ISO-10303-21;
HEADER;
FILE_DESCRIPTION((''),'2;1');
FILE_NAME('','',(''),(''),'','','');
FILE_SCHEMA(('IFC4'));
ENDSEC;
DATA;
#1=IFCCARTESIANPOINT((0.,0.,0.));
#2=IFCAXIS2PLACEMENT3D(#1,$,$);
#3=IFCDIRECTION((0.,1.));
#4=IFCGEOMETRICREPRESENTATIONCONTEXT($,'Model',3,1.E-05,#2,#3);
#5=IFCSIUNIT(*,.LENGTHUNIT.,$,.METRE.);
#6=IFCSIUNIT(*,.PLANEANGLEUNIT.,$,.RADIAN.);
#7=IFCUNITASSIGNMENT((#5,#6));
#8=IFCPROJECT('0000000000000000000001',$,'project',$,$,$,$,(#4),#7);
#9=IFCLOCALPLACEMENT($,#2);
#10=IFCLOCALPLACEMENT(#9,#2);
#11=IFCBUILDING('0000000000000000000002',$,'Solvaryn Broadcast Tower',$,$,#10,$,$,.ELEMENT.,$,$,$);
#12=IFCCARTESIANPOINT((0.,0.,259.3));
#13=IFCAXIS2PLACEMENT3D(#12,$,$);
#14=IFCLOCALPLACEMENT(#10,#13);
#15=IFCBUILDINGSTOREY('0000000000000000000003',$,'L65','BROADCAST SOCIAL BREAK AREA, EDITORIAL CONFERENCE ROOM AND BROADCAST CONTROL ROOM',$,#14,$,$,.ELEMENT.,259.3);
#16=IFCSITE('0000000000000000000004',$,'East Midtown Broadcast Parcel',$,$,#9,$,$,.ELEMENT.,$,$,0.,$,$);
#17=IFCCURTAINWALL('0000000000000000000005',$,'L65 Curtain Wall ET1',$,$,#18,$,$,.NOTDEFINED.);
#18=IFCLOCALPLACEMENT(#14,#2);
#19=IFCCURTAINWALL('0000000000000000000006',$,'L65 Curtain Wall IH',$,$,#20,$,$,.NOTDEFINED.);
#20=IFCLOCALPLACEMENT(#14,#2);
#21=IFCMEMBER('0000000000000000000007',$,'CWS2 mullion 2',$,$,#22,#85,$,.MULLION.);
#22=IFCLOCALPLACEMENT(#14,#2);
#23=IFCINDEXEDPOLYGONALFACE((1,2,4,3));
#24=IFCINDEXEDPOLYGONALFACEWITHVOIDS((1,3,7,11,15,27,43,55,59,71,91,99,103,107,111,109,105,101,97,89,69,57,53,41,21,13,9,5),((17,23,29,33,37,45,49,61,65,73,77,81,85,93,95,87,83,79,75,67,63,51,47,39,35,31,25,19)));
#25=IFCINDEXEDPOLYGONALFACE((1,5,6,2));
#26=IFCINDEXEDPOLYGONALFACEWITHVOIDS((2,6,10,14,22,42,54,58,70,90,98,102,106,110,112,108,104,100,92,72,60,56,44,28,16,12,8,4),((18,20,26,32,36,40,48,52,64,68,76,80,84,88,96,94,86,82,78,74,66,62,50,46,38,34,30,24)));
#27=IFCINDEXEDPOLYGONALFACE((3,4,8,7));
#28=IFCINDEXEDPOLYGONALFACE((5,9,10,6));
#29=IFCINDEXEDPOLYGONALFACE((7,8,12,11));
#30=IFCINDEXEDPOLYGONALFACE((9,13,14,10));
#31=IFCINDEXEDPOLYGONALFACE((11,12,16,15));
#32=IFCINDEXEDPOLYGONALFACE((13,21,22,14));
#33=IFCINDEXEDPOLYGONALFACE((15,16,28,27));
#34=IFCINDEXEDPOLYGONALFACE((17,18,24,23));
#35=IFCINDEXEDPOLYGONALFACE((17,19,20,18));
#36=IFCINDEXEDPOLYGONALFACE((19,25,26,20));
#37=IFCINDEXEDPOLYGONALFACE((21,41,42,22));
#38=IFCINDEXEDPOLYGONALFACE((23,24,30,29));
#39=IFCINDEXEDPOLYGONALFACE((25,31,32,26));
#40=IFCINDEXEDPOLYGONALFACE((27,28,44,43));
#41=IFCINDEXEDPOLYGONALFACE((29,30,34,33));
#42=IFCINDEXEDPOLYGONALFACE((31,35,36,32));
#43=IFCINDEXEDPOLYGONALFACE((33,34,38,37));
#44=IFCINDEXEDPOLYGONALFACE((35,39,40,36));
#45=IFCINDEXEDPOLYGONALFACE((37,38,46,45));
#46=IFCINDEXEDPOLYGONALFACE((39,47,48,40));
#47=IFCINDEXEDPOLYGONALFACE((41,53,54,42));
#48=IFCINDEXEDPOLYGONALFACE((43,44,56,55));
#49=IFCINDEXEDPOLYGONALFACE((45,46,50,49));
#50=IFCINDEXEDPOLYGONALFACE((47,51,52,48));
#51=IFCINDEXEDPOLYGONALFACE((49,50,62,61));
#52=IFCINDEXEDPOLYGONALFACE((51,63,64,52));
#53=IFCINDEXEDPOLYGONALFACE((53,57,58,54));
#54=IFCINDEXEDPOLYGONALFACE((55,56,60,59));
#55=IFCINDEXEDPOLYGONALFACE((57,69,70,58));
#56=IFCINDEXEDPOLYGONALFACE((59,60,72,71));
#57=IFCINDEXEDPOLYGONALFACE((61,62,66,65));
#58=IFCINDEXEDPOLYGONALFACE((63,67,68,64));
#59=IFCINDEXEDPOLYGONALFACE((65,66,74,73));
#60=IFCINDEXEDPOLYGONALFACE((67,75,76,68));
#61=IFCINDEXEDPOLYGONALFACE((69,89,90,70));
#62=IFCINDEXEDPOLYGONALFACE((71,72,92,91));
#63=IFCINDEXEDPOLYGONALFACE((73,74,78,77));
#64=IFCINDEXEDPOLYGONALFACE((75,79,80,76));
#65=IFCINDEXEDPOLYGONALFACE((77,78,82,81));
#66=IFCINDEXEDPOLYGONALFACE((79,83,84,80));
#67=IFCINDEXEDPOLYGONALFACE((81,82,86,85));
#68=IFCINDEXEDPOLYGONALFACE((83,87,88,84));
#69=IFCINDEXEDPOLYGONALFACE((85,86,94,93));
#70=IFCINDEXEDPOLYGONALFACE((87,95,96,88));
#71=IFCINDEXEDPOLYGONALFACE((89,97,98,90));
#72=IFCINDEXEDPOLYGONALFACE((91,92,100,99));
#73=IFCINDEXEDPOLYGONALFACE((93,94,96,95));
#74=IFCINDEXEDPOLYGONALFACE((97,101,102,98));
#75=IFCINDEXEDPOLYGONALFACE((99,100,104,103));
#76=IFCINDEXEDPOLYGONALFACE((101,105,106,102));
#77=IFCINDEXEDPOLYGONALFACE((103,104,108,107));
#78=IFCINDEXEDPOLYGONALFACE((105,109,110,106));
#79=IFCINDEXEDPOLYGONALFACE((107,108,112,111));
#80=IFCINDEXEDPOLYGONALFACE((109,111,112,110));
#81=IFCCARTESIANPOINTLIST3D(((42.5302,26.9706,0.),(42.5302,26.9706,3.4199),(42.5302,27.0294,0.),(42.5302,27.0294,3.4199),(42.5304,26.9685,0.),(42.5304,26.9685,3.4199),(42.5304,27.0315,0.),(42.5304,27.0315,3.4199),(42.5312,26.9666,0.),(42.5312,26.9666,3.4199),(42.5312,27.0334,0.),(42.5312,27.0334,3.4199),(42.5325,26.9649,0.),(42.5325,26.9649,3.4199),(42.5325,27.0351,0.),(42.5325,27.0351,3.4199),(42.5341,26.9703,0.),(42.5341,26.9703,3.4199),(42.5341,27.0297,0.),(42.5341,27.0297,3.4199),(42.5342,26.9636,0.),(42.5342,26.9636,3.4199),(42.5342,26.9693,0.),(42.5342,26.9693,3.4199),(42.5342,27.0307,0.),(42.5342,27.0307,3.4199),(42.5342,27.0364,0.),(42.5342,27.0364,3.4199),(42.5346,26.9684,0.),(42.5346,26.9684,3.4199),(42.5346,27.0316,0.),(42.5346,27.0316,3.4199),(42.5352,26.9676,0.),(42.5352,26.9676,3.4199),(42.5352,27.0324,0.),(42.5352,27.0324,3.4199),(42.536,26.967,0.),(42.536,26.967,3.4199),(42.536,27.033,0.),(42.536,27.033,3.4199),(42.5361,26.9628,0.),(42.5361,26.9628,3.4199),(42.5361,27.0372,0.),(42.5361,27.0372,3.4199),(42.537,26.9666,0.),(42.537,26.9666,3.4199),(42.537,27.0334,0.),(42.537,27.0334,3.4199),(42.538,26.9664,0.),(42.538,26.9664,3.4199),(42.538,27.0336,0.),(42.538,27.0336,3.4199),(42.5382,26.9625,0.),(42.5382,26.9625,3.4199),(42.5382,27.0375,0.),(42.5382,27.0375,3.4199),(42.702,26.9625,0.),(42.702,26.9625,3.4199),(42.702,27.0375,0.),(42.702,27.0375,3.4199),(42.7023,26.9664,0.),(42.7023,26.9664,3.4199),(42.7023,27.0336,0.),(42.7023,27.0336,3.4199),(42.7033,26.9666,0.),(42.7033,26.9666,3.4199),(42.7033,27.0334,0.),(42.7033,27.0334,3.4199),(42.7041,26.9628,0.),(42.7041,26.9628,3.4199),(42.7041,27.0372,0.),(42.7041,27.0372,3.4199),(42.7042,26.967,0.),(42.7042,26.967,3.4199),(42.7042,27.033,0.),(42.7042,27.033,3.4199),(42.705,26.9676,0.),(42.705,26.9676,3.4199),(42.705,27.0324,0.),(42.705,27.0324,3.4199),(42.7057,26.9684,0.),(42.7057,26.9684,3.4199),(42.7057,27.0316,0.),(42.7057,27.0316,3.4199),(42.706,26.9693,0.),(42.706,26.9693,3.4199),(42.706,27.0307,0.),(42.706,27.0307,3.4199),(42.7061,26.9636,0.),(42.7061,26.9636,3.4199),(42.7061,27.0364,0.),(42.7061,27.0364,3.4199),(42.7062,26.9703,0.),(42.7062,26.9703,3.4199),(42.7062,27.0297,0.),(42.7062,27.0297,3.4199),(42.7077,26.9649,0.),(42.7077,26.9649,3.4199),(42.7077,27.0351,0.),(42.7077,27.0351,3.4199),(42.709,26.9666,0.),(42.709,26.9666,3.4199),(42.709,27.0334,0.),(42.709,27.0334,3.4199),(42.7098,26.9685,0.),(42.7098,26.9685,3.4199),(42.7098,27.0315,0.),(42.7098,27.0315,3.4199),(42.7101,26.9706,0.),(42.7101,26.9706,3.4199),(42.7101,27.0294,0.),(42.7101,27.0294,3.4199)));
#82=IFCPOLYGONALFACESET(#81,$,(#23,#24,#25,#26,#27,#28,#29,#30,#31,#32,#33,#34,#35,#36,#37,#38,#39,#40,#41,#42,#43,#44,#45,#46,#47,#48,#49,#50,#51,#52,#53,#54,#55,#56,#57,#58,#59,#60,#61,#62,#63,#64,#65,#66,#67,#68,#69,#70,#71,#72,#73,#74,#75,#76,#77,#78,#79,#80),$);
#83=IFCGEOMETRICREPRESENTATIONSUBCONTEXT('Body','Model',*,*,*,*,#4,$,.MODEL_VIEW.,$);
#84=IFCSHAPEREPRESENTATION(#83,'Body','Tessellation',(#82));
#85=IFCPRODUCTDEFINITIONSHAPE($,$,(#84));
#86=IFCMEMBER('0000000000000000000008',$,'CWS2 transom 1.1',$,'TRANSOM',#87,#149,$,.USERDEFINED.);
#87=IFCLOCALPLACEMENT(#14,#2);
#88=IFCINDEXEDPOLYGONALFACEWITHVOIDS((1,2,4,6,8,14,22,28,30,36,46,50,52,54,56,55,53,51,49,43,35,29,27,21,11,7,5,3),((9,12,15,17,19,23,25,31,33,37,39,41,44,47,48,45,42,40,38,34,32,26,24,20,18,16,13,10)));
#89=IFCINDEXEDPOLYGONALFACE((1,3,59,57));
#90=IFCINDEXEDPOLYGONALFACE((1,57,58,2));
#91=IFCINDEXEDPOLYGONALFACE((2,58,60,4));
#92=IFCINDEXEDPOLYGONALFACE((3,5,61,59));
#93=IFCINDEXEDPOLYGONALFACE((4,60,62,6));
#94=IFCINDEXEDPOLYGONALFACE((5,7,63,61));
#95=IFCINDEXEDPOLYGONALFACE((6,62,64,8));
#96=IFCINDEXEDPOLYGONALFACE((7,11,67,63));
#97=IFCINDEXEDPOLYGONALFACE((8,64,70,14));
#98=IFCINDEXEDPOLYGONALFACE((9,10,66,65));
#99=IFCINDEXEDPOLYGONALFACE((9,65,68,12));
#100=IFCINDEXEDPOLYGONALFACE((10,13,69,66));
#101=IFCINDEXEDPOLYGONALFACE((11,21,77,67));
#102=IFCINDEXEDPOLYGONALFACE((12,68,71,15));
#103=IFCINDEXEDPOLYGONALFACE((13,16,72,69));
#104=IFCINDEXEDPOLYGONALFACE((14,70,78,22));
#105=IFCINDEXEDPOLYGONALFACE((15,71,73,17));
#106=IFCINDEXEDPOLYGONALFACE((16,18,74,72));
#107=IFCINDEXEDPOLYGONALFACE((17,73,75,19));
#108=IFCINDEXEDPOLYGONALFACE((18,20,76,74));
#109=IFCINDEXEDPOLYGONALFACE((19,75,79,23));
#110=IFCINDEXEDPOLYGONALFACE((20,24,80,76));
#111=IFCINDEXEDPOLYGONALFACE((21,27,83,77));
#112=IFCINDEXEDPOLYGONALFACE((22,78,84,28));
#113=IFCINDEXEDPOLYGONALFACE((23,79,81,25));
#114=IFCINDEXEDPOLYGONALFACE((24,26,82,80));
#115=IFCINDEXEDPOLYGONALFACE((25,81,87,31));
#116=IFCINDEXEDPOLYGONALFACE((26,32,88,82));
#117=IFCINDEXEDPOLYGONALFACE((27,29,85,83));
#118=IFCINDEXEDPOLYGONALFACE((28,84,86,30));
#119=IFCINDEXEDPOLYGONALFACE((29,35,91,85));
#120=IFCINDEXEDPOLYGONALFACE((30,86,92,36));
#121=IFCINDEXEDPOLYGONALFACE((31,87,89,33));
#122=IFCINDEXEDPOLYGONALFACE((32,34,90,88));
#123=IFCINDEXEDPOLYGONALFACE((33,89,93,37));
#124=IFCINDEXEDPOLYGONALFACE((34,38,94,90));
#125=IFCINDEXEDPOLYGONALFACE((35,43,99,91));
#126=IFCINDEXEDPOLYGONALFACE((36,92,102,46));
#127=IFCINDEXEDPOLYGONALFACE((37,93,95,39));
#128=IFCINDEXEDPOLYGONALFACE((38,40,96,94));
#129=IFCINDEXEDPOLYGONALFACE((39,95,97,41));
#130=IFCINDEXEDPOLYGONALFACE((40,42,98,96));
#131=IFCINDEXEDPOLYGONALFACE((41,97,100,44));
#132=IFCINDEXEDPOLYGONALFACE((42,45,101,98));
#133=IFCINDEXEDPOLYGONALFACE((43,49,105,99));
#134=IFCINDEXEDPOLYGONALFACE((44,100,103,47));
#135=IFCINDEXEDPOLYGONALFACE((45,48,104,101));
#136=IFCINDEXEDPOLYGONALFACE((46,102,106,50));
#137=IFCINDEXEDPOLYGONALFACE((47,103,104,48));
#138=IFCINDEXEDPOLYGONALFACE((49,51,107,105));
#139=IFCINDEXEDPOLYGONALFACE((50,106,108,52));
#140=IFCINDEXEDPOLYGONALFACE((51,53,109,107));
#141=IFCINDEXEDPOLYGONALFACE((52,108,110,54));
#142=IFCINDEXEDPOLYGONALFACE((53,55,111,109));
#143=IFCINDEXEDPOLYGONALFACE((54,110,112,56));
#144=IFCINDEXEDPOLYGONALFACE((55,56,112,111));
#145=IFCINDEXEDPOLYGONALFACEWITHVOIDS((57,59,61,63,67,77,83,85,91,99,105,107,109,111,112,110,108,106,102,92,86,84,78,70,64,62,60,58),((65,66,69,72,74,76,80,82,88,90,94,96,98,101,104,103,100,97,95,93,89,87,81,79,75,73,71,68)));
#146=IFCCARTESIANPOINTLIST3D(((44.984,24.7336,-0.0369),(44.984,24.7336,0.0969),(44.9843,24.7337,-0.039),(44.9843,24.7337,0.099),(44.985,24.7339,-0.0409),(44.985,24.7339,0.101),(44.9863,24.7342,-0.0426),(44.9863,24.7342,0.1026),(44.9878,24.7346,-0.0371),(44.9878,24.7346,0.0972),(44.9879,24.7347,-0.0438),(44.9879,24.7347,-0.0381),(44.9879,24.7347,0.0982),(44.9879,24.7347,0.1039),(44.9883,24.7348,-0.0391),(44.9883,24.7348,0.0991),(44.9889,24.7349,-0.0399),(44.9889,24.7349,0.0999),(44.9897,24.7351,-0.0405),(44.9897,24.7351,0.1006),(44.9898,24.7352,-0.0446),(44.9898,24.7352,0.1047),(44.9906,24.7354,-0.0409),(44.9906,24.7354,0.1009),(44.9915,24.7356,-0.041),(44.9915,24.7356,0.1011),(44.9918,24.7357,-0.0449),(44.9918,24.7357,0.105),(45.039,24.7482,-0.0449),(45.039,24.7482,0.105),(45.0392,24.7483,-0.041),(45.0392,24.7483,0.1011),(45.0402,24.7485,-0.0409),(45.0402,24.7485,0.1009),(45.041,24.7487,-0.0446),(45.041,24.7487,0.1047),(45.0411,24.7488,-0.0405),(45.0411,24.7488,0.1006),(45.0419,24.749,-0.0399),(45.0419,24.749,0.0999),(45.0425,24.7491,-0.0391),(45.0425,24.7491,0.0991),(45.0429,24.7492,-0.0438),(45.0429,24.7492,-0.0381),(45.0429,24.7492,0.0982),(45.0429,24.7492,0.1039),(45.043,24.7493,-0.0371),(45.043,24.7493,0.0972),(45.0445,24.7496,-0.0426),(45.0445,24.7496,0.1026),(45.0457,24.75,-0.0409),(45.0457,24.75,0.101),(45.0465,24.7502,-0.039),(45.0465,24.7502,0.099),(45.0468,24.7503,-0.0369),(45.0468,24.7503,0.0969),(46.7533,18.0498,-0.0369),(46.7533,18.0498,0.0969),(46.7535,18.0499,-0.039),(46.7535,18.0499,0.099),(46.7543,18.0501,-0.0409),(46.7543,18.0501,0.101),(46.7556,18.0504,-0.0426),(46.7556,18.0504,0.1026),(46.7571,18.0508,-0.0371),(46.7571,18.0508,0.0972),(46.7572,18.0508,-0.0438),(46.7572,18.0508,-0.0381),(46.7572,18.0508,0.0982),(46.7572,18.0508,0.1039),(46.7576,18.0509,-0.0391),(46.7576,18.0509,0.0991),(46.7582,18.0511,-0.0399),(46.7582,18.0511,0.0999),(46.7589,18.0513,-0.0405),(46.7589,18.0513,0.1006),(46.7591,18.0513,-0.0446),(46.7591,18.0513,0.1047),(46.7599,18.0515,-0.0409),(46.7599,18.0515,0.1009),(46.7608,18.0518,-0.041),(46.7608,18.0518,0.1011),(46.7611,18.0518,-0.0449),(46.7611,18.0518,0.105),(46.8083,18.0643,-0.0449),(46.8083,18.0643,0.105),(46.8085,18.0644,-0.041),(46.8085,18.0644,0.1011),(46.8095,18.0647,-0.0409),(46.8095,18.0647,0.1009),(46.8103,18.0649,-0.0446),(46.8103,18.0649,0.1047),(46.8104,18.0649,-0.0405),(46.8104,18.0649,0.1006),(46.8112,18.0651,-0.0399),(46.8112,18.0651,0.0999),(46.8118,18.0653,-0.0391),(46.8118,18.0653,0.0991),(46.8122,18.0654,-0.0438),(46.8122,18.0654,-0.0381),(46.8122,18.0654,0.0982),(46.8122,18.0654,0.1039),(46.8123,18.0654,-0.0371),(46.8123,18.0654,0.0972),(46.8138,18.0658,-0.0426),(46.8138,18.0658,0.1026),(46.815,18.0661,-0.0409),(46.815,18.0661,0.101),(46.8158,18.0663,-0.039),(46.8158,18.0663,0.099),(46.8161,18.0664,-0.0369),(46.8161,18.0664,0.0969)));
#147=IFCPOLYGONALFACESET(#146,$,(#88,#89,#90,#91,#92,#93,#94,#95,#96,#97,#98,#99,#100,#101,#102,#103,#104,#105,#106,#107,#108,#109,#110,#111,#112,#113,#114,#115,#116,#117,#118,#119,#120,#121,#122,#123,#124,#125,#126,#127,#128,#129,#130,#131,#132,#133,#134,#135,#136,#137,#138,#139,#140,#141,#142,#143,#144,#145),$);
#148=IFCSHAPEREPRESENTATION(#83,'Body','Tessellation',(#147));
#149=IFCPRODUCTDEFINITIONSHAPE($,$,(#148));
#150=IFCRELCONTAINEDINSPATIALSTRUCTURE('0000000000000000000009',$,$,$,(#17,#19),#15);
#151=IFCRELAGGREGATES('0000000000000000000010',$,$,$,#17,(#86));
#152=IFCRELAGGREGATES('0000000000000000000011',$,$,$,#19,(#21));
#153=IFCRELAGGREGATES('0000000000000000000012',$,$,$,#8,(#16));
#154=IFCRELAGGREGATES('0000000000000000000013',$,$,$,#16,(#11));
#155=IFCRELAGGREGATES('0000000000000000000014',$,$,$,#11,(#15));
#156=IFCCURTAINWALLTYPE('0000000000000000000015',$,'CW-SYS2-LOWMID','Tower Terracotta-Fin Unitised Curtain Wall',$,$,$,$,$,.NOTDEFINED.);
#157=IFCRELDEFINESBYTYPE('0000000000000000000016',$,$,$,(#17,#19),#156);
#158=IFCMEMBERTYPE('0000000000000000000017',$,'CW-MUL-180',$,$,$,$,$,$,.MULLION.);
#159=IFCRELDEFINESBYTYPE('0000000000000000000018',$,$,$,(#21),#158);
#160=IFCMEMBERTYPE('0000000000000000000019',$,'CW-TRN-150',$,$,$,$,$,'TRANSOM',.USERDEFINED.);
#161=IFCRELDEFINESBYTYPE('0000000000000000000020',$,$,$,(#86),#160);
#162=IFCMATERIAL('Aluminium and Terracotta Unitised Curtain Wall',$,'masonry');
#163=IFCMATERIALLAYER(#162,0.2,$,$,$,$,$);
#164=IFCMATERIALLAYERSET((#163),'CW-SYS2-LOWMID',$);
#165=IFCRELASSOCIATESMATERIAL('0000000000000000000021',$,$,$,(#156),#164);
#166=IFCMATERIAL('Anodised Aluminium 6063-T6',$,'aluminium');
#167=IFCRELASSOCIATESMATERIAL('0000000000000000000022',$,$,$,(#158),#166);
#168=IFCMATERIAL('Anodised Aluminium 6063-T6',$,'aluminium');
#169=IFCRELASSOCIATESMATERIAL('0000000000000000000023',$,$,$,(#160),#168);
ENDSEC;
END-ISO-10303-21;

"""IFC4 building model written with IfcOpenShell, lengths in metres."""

from ifc_helpers import new_model, si_unit, direction, frame, origin, origin_2d, place, context, subcontext, project, spatial, hollow_rectangle, extrude, material, layer, layer_set, material_profile, profile_set, type_object, element, aggregate, save


model = new_model("IFC4")

# Units and contexts
model_context = context("Model", 3, precision=1e-05, world=origin(), true_north=direction((0.0, 1.0)))
body_context = subcontext(model_context, "Body", "Model", "MODEL_VIEW")
ifc_project = project(units=[si_unit("LENGTHUNIT", "METRE"), si_unit("PLANEANGLEUNIT", "RADIAN")], contexts=[model_context])

# Site, building, storey
site_placement = place(None, origin())
site = spatial("IfcSite", under=ifc_project, at=site_placement, Name="East Midtown Broadcast Parcel", CompositionType="ELEMENT", RefElevation=0.0)
building_placement = place(site_placement, origin())
building = spatial("IfcBuilding", under=site, at=building_placement, Name="Solvaryn Broadcast Tower", CompositionType="ELEMENT")
storey_placement = place(building_placement, frame((0.0, 0.0, 259.3)))
storey = spatial("IfcBuildingStorey", under=building, at=storey_placement, Name="L65", Description="BROADCAST SOCIAL BREAK AREA, EDITORIAL CONFERENCE ROOM AND BROADCAST CONTROL ROOM", CompositionType="ELEMENT", Elevation=259.3)

# Curtain wall
ifc_material_1 = material(Name="Aluminium and Terracotta Unitised Curtain Wall", Category="masonry")
ifc_layer_1 = layer(ifc_material_1, 0.2)
ifc_layer_set_1 = layer_set([ifc_layer_1], Name="CW-SYS2-LOWMID")
curtain_wall_type = type_object("IfcCurtainWallType", Name="CW-SYS2-LOWMID", Description="Tower Terracotta-Fin Unitised Curtain Wall", PredefinedType="NOTDEFINED", material=ifc_layer_set_1)
curtain_wall_1_placement = place(storey_placement, origin())
curtain_wall_1 = element("IfcCurtainWall", 1, at=curtain_wall_1_placement, inside=storey, type_object=curtain_wall_type, Name="L65 Curtain Wall ET1", PredefinedType="NOTDEFINED")
ifc_material_2 = material(Name="Anodised Aluminium 6063-T6", Category="aluminium")
ifc_material_profile_1 = material_profile(ifc_material_2, hollow_rectangle(XDim=0.075, YDim=0.1799, WallThickness=0.0039, InnerFilletRadius=0.0039, OuterFilletRadius=0.0081, at=origin_2d()))
ifc_profile_set_1 = profile_set([ifc_material_profile_1], Name="Anodised Aluminium 6063-T6")
member_type_1 = type_object("IfcMemberType", Name="CW-MUL-180", PredefinedType="MULLION", material=ifc_profile_set_1)

# Curtain wall, member
curtain_wall_2_placement = place(storey_placement, origin())
curtain_wall_2 = element("IfcCurtainWall", 2, at=curtain_wall_2_placement, inside=storey, type_object=curtain_wall_type, Name="L65 Curtain Wall IH", PredefinedType="NOTDEFINED")
member_1_placement = place(storey_placement, frame((42.6201, 27.0, 0.0), z_axis=(0.0, 0.0, 1.0), x_axis=(0.0, 1.0, 0.0)))
member_1 = element("IfcMember", 3, at=member_1_placement, type_object=member_type_1, Name="CWS2 mullion 2", PredefinedType="MULLION", context=body_context, shape_type="SweptSolid", body=[
    extrude(hollow_rectangle(XDim=0.075, YDim=0.1799, WallThickness=0.0039, InnerFilletRadius=0.0039, OuterFilletRadius=0.0081, at=origin_2d()), origin(), (0.0, 0.0, 1.0), 3.4199),
])

# Member
ifc_material_3 = material(Name="Anodised Aluminium 6063-T6", Category="aluminium")
ifc_material_profile_2 = material_profile(ifc_material_3, hollow_rectangle(XDim=0.0649, YDim=0.1499, WallThickness=0.0039, InnerFilletRadius=0.0039, OuterFilletRadius=0.0081, at=origin_2d()))
ifc_profile_set_2 = profile_set([ifc_material_profile_2], Name="Anodised Aluminium 6063-T6")
member_type_2 = type_object("IfcMemberType", Name="CW-TRN-150", ElementType="TRANSOM", PredefinedType="USERDEFINED", material=ifc_profile_set_2)
member_2_placement = place(storey_placement, frame((45.0154, 24.7419, 0.03), z_axis=(0.255897, -0.966704, 0.0), x_axis=(0.966704, 0.255897, 0.0)))
member_2 = element("IfcMember", 4, at=member_2_placement, type_object=member_type_2, Name="CWS2 transom 1.1", ObjectType="TRANSOM", PredefinedType="USERDEFINED", context=body_context, shape_type="SweptSolid", body=[
    extrude(hollow_rectangle(XDim=0.0649, YDim=0.1499, WallThickness=0.0039, InnerFilletRadius=0.0039, OuterFilletRadius=0.0081, at=origin_2d()), origin(), (0.0, 0.0, 1.0), 6.9141),
])
aggregate(curtain_wall_1, [member_2])

aggregate(curtain_wall_2, [member_1])

save(model, "model.ifc")
